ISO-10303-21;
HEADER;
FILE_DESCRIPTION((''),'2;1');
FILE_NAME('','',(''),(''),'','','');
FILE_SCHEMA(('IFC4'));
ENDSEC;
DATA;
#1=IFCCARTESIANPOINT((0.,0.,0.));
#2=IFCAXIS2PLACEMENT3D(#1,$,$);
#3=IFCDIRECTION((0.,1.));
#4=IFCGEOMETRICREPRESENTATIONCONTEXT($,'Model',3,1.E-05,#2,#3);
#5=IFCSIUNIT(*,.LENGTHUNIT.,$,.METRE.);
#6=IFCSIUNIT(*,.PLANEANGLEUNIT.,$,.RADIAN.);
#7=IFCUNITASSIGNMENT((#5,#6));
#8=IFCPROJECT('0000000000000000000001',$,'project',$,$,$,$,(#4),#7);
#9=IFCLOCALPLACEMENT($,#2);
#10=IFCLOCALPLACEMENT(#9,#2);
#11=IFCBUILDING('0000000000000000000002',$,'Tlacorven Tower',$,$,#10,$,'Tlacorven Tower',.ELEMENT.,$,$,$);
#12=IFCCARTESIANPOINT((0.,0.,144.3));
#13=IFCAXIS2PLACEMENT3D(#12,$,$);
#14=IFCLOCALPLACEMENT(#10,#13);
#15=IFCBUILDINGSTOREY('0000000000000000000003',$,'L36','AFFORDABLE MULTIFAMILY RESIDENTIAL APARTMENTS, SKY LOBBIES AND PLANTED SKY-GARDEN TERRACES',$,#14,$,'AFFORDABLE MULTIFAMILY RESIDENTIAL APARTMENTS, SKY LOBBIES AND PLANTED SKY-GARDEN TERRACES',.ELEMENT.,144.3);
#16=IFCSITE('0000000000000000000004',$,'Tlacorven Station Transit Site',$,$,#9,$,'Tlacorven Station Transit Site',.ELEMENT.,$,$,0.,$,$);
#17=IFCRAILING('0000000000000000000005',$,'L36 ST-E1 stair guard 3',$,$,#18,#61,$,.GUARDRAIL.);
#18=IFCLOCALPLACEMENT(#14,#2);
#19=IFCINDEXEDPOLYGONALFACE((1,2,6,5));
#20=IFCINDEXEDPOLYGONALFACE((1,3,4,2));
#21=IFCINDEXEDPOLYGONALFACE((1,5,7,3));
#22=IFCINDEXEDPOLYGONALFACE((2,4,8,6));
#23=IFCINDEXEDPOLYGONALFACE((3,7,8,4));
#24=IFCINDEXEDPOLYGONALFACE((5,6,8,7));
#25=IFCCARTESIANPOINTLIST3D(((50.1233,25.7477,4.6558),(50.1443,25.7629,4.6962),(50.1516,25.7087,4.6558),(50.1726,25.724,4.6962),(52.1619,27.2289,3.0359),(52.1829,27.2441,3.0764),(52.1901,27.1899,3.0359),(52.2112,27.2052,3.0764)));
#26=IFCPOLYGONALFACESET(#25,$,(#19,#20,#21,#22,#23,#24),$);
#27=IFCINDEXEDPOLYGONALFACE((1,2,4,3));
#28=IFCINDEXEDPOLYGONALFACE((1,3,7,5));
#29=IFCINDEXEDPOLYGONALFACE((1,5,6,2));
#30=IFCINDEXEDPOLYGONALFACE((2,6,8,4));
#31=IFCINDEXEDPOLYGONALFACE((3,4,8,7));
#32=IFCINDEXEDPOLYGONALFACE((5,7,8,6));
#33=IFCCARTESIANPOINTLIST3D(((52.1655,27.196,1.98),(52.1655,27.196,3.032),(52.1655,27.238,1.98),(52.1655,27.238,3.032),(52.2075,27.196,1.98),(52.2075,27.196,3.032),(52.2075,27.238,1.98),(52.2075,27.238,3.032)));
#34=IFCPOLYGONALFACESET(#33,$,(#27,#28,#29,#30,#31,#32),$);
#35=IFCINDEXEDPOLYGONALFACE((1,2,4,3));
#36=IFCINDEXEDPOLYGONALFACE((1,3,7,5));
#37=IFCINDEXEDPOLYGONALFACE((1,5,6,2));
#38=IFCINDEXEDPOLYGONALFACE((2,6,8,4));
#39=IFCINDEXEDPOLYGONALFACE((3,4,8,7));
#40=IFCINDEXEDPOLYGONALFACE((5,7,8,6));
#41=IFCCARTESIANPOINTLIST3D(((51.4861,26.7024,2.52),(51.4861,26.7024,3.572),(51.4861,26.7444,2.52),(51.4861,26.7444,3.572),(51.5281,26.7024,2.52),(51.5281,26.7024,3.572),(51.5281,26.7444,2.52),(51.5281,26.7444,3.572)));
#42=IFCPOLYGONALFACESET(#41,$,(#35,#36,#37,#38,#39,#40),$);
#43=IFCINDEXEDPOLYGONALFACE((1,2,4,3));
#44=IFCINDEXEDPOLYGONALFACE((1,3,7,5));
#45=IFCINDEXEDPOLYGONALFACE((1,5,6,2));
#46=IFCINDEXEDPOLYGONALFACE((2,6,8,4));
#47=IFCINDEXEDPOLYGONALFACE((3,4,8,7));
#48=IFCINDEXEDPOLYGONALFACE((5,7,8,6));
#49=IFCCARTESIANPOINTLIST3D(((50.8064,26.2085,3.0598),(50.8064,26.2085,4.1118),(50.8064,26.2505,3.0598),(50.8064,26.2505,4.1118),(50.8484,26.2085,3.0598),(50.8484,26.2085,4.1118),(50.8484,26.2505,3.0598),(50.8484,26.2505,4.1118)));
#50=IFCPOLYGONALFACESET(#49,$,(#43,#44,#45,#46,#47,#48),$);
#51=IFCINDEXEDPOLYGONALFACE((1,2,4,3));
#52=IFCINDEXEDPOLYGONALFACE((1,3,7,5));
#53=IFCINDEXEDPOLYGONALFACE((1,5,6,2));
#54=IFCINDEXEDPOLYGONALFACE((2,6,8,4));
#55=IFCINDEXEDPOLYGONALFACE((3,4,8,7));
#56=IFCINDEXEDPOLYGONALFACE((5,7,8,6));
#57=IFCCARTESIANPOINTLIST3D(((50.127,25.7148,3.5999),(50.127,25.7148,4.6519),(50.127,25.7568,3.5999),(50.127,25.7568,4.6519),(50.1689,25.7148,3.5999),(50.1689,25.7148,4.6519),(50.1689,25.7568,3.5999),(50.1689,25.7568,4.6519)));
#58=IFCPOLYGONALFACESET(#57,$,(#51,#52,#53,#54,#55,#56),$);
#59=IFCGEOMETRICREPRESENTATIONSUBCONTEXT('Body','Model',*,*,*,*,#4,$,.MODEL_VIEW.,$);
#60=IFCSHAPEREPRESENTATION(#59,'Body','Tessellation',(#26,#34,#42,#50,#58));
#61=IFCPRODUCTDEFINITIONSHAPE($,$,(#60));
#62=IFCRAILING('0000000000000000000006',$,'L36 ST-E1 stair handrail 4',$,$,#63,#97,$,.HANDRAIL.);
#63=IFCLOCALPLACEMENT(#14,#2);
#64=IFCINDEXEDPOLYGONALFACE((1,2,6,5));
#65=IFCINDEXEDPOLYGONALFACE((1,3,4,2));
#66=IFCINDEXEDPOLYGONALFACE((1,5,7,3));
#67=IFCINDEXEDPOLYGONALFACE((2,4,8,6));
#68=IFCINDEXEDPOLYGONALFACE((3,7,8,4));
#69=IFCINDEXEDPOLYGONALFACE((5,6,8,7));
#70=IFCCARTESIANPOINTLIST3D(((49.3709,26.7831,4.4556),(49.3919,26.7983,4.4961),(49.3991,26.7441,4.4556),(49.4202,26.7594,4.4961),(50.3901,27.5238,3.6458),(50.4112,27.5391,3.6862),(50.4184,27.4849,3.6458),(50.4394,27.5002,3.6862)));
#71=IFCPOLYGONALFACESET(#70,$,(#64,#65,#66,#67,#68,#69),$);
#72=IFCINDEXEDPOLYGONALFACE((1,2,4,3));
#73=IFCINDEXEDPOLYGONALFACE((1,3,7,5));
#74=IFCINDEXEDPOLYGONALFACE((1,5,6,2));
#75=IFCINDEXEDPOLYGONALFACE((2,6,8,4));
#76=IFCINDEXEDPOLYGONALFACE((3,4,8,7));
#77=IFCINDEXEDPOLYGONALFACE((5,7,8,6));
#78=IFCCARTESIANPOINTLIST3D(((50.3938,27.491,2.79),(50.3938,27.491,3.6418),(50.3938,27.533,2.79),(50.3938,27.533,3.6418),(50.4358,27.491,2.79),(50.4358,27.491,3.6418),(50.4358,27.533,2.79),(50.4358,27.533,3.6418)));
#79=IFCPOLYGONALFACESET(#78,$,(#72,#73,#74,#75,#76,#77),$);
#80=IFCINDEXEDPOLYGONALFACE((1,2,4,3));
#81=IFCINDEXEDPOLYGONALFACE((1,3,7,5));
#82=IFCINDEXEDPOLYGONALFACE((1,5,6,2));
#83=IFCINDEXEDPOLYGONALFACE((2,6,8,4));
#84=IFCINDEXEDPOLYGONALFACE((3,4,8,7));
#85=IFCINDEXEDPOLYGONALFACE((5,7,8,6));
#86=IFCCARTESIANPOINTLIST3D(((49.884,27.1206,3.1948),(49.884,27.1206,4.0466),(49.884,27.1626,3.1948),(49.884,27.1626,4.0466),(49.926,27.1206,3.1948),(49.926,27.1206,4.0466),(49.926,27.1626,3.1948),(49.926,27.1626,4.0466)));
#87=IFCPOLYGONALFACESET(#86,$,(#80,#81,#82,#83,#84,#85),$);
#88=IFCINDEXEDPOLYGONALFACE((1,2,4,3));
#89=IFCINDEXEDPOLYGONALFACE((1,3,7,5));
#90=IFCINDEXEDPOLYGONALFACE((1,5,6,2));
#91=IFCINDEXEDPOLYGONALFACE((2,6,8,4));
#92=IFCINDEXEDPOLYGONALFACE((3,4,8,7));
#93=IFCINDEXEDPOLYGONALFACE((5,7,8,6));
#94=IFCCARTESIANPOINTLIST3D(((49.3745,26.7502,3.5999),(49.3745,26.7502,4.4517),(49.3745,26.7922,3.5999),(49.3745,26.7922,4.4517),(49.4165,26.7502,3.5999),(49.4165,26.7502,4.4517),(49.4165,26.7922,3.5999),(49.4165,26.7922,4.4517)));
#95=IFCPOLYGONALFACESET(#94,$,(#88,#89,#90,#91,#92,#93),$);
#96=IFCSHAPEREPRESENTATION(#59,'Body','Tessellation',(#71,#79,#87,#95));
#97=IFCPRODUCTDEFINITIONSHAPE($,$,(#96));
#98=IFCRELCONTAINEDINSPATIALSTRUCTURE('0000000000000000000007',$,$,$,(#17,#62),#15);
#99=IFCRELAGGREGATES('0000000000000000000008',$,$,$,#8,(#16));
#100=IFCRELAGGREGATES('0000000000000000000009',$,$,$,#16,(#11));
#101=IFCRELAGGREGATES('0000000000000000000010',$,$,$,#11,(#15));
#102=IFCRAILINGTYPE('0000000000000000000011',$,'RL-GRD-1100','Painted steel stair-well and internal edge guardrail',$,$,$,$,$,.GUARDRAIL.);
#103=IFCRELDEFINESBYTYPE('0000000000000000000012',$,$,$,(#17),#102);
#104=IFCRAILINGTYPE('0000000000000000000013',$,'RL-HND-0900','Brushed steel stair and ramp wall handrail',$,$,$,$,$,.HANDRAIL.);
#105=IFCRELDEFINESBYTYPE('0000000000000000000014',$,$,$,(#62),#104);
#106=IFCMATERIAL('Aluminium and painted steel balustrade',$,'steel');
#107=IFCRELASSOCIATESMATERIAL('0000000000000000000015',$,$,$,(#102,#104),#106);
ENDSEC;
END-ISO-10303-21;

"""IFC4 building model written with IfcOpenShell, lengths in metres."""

from ifc_helpers import new_model, si_unit, direction, frame, origin, origin_2d, place, context, subcontext, project, spatial, rectangle, extrude, source, transform, mapped, material, type_object, element, save


model = new_model("IFC4")

# Units and contexts
model_context = context("Model", 3, precision=1e-05, world=origin(), true_north=direction((0.0, 1.0)))
body_context = subcontext(model_context, "Body", "Model", "MODEL_VIEW")
ifc_project = project(units=[si_unit("LENGTHUNIT", "METRE"), si_unit("PLANEANGLEUNIT", "RADIAN")], contexts=[model_context])

# Site, building, storey
site_placement = place(None, origin())
site = spatial("IfcSite", under=ifc_project, at=site_placement, Name="Tlacorven Station Transit Site", LongName="Tlacorven Station Transit Site", CompositionType="ELEMENT", RefElevation=0.0)
building_placement = place(site_placement, origin())
building = spatial("IfcBuilding", under=site, at=building_placement, Name="Tlacorven Tower", LongName="Tlacorven Tower", CompositionType="ELEMENT")
storey_placement = place(building_placement, frame((0.0, 0.0, 144.3)))
storey = spatial("IfcBuildingStorey", under=building, at=storey_placement, Name="L36", Description="AFFORDABLE MULTIFAMILY RESIDENTIAL APARTMENTS, SKY LOBBIES AND PLANTED SKY-GARDEN TERRACES", LongName="AFFORDABLE MULTIFAMILY RESIDENTIAL APARTMENTS, SKY LOBBIES AND PLANTED SKY-GARDEN TERRACES", CompositionType="ELEMENT", Elevation=144.3)

# Shared definitions
ifc_material_1 = material(Name="Aluminium and painted steel balustrade", Category="steel")

# Railings
railing_type_1 = type_object("IfcRailingType", Name="RL-GRD-1100", Description="Painted steel stair-well and internal edge guardrail", PredefinedType="GUARDRAIL", material=ifc_material_1)
railing_type_2 = type_object("IfcRailingType", Name="RL-HND-0900", Description="Brushed steel stair and ramp wall handrail", PredefinedType="HANDRAIL", material=ifc_material_1)
shared_shape_1 = source(origin(), body_context, "Body", "SweptSolid", [
    extrude(rectangle(XDim=0.0481, YDim=0.0481, at=origin_2d()), frame((0.0, 0.0, 1.0762), z_axis=(-0.680519, -0.494456, 0.540747), x_axis=(0.587809, -0.809, 0.0)), (0.0, 0.0, 1.0), 2.9956),
    extrude(rectangle(XDim=0.042, YDim=0.042, at=origin_2d()), origin(), (0.0, 0.0, 1.0), 1.052),
    extrude(rectangle(XDim=0.042, YDim=0.042, at=origin_2d()), frame((-0.6794, -0.4937, 0.54)), (0.0, 0.0, 1.0), 1.052),
    extrude(rectangle(XDim=0.042, YDim=0.042, at=origin_2d()), frame((-1.3591, -0.9875, 1.0798)), (0.0, 0.0, 1.0), 1.052),
    extrude(rectangle(XDim=0.042, YDim=0.042, at=origin_2d()), frame((-2.0386, -1.4812, 1.6199)), (0.0, 0.0, 1.0), 1.052),
])
railing_1_placement = place(storey_placement, frame((52.1865, 27.217, 1.98)))
element("IfcRailing", 1, at=railing_1_placement, inside=storey, type_object=railing_type_1, Name="L36 ST-E1 stair guard 3", PredefinedType="GUARDRAIL", context=body_context, shape_type="MappedRepresentation", body=[
    mapped(shared_shape_1, transform((0.0, 0.0, 0.0), scale=1.0)),
])
shared_shape_2 = source(origin(), body_context, "Body", "SweptSolid", [
    extrude(rectangle(XDim=0.0481, YDim=0.0481, at=origin_2d()), frame((0.0, 0.0, 0.876), z_axis=(-0.680521, -0.494539, 0.540668), x_axis=(0.587872, -0.808954, 0.0)), (0.0, 0.0, 1.0), 1.4978),
    extrude(rectangle(XDim=0.042, YDim=0.042, at=origin_2d()), origin(), (0.0, 0.0, 1.0), 0.8518),
    extrude(rectangle(XDim=0.042, YDim=0.042, at=origin_2d()), frame((-0.5098, -0.3704, 0.4048)), (0.0, 0.0, 1.0), 0.8518),
    extrude(rectangle(XDim=0.042, YDim=0.042, at=origin_2d()), frame((-1.0193, -0.7407, 0.8098)), (0.0, 0.0, 1.0), 0.8518),
])
railing_2_placement = place(storey_placement, frame((50.4148, 27.512, 2.79)))
element("IfcRailing", 2, at=railing_2_placement, inside=storey, type_object=railing_type_2, Name="L36 ST-E1 stair handrail 4", PredefinedType="HANDRAIL", context=body_context, shape_type="MappedRepresentation", body=[
    mapped(shared_shape_2, transform((0.0, 0.0, 0.0), scale=1.0)),
])

save(model, "model.ifc")
